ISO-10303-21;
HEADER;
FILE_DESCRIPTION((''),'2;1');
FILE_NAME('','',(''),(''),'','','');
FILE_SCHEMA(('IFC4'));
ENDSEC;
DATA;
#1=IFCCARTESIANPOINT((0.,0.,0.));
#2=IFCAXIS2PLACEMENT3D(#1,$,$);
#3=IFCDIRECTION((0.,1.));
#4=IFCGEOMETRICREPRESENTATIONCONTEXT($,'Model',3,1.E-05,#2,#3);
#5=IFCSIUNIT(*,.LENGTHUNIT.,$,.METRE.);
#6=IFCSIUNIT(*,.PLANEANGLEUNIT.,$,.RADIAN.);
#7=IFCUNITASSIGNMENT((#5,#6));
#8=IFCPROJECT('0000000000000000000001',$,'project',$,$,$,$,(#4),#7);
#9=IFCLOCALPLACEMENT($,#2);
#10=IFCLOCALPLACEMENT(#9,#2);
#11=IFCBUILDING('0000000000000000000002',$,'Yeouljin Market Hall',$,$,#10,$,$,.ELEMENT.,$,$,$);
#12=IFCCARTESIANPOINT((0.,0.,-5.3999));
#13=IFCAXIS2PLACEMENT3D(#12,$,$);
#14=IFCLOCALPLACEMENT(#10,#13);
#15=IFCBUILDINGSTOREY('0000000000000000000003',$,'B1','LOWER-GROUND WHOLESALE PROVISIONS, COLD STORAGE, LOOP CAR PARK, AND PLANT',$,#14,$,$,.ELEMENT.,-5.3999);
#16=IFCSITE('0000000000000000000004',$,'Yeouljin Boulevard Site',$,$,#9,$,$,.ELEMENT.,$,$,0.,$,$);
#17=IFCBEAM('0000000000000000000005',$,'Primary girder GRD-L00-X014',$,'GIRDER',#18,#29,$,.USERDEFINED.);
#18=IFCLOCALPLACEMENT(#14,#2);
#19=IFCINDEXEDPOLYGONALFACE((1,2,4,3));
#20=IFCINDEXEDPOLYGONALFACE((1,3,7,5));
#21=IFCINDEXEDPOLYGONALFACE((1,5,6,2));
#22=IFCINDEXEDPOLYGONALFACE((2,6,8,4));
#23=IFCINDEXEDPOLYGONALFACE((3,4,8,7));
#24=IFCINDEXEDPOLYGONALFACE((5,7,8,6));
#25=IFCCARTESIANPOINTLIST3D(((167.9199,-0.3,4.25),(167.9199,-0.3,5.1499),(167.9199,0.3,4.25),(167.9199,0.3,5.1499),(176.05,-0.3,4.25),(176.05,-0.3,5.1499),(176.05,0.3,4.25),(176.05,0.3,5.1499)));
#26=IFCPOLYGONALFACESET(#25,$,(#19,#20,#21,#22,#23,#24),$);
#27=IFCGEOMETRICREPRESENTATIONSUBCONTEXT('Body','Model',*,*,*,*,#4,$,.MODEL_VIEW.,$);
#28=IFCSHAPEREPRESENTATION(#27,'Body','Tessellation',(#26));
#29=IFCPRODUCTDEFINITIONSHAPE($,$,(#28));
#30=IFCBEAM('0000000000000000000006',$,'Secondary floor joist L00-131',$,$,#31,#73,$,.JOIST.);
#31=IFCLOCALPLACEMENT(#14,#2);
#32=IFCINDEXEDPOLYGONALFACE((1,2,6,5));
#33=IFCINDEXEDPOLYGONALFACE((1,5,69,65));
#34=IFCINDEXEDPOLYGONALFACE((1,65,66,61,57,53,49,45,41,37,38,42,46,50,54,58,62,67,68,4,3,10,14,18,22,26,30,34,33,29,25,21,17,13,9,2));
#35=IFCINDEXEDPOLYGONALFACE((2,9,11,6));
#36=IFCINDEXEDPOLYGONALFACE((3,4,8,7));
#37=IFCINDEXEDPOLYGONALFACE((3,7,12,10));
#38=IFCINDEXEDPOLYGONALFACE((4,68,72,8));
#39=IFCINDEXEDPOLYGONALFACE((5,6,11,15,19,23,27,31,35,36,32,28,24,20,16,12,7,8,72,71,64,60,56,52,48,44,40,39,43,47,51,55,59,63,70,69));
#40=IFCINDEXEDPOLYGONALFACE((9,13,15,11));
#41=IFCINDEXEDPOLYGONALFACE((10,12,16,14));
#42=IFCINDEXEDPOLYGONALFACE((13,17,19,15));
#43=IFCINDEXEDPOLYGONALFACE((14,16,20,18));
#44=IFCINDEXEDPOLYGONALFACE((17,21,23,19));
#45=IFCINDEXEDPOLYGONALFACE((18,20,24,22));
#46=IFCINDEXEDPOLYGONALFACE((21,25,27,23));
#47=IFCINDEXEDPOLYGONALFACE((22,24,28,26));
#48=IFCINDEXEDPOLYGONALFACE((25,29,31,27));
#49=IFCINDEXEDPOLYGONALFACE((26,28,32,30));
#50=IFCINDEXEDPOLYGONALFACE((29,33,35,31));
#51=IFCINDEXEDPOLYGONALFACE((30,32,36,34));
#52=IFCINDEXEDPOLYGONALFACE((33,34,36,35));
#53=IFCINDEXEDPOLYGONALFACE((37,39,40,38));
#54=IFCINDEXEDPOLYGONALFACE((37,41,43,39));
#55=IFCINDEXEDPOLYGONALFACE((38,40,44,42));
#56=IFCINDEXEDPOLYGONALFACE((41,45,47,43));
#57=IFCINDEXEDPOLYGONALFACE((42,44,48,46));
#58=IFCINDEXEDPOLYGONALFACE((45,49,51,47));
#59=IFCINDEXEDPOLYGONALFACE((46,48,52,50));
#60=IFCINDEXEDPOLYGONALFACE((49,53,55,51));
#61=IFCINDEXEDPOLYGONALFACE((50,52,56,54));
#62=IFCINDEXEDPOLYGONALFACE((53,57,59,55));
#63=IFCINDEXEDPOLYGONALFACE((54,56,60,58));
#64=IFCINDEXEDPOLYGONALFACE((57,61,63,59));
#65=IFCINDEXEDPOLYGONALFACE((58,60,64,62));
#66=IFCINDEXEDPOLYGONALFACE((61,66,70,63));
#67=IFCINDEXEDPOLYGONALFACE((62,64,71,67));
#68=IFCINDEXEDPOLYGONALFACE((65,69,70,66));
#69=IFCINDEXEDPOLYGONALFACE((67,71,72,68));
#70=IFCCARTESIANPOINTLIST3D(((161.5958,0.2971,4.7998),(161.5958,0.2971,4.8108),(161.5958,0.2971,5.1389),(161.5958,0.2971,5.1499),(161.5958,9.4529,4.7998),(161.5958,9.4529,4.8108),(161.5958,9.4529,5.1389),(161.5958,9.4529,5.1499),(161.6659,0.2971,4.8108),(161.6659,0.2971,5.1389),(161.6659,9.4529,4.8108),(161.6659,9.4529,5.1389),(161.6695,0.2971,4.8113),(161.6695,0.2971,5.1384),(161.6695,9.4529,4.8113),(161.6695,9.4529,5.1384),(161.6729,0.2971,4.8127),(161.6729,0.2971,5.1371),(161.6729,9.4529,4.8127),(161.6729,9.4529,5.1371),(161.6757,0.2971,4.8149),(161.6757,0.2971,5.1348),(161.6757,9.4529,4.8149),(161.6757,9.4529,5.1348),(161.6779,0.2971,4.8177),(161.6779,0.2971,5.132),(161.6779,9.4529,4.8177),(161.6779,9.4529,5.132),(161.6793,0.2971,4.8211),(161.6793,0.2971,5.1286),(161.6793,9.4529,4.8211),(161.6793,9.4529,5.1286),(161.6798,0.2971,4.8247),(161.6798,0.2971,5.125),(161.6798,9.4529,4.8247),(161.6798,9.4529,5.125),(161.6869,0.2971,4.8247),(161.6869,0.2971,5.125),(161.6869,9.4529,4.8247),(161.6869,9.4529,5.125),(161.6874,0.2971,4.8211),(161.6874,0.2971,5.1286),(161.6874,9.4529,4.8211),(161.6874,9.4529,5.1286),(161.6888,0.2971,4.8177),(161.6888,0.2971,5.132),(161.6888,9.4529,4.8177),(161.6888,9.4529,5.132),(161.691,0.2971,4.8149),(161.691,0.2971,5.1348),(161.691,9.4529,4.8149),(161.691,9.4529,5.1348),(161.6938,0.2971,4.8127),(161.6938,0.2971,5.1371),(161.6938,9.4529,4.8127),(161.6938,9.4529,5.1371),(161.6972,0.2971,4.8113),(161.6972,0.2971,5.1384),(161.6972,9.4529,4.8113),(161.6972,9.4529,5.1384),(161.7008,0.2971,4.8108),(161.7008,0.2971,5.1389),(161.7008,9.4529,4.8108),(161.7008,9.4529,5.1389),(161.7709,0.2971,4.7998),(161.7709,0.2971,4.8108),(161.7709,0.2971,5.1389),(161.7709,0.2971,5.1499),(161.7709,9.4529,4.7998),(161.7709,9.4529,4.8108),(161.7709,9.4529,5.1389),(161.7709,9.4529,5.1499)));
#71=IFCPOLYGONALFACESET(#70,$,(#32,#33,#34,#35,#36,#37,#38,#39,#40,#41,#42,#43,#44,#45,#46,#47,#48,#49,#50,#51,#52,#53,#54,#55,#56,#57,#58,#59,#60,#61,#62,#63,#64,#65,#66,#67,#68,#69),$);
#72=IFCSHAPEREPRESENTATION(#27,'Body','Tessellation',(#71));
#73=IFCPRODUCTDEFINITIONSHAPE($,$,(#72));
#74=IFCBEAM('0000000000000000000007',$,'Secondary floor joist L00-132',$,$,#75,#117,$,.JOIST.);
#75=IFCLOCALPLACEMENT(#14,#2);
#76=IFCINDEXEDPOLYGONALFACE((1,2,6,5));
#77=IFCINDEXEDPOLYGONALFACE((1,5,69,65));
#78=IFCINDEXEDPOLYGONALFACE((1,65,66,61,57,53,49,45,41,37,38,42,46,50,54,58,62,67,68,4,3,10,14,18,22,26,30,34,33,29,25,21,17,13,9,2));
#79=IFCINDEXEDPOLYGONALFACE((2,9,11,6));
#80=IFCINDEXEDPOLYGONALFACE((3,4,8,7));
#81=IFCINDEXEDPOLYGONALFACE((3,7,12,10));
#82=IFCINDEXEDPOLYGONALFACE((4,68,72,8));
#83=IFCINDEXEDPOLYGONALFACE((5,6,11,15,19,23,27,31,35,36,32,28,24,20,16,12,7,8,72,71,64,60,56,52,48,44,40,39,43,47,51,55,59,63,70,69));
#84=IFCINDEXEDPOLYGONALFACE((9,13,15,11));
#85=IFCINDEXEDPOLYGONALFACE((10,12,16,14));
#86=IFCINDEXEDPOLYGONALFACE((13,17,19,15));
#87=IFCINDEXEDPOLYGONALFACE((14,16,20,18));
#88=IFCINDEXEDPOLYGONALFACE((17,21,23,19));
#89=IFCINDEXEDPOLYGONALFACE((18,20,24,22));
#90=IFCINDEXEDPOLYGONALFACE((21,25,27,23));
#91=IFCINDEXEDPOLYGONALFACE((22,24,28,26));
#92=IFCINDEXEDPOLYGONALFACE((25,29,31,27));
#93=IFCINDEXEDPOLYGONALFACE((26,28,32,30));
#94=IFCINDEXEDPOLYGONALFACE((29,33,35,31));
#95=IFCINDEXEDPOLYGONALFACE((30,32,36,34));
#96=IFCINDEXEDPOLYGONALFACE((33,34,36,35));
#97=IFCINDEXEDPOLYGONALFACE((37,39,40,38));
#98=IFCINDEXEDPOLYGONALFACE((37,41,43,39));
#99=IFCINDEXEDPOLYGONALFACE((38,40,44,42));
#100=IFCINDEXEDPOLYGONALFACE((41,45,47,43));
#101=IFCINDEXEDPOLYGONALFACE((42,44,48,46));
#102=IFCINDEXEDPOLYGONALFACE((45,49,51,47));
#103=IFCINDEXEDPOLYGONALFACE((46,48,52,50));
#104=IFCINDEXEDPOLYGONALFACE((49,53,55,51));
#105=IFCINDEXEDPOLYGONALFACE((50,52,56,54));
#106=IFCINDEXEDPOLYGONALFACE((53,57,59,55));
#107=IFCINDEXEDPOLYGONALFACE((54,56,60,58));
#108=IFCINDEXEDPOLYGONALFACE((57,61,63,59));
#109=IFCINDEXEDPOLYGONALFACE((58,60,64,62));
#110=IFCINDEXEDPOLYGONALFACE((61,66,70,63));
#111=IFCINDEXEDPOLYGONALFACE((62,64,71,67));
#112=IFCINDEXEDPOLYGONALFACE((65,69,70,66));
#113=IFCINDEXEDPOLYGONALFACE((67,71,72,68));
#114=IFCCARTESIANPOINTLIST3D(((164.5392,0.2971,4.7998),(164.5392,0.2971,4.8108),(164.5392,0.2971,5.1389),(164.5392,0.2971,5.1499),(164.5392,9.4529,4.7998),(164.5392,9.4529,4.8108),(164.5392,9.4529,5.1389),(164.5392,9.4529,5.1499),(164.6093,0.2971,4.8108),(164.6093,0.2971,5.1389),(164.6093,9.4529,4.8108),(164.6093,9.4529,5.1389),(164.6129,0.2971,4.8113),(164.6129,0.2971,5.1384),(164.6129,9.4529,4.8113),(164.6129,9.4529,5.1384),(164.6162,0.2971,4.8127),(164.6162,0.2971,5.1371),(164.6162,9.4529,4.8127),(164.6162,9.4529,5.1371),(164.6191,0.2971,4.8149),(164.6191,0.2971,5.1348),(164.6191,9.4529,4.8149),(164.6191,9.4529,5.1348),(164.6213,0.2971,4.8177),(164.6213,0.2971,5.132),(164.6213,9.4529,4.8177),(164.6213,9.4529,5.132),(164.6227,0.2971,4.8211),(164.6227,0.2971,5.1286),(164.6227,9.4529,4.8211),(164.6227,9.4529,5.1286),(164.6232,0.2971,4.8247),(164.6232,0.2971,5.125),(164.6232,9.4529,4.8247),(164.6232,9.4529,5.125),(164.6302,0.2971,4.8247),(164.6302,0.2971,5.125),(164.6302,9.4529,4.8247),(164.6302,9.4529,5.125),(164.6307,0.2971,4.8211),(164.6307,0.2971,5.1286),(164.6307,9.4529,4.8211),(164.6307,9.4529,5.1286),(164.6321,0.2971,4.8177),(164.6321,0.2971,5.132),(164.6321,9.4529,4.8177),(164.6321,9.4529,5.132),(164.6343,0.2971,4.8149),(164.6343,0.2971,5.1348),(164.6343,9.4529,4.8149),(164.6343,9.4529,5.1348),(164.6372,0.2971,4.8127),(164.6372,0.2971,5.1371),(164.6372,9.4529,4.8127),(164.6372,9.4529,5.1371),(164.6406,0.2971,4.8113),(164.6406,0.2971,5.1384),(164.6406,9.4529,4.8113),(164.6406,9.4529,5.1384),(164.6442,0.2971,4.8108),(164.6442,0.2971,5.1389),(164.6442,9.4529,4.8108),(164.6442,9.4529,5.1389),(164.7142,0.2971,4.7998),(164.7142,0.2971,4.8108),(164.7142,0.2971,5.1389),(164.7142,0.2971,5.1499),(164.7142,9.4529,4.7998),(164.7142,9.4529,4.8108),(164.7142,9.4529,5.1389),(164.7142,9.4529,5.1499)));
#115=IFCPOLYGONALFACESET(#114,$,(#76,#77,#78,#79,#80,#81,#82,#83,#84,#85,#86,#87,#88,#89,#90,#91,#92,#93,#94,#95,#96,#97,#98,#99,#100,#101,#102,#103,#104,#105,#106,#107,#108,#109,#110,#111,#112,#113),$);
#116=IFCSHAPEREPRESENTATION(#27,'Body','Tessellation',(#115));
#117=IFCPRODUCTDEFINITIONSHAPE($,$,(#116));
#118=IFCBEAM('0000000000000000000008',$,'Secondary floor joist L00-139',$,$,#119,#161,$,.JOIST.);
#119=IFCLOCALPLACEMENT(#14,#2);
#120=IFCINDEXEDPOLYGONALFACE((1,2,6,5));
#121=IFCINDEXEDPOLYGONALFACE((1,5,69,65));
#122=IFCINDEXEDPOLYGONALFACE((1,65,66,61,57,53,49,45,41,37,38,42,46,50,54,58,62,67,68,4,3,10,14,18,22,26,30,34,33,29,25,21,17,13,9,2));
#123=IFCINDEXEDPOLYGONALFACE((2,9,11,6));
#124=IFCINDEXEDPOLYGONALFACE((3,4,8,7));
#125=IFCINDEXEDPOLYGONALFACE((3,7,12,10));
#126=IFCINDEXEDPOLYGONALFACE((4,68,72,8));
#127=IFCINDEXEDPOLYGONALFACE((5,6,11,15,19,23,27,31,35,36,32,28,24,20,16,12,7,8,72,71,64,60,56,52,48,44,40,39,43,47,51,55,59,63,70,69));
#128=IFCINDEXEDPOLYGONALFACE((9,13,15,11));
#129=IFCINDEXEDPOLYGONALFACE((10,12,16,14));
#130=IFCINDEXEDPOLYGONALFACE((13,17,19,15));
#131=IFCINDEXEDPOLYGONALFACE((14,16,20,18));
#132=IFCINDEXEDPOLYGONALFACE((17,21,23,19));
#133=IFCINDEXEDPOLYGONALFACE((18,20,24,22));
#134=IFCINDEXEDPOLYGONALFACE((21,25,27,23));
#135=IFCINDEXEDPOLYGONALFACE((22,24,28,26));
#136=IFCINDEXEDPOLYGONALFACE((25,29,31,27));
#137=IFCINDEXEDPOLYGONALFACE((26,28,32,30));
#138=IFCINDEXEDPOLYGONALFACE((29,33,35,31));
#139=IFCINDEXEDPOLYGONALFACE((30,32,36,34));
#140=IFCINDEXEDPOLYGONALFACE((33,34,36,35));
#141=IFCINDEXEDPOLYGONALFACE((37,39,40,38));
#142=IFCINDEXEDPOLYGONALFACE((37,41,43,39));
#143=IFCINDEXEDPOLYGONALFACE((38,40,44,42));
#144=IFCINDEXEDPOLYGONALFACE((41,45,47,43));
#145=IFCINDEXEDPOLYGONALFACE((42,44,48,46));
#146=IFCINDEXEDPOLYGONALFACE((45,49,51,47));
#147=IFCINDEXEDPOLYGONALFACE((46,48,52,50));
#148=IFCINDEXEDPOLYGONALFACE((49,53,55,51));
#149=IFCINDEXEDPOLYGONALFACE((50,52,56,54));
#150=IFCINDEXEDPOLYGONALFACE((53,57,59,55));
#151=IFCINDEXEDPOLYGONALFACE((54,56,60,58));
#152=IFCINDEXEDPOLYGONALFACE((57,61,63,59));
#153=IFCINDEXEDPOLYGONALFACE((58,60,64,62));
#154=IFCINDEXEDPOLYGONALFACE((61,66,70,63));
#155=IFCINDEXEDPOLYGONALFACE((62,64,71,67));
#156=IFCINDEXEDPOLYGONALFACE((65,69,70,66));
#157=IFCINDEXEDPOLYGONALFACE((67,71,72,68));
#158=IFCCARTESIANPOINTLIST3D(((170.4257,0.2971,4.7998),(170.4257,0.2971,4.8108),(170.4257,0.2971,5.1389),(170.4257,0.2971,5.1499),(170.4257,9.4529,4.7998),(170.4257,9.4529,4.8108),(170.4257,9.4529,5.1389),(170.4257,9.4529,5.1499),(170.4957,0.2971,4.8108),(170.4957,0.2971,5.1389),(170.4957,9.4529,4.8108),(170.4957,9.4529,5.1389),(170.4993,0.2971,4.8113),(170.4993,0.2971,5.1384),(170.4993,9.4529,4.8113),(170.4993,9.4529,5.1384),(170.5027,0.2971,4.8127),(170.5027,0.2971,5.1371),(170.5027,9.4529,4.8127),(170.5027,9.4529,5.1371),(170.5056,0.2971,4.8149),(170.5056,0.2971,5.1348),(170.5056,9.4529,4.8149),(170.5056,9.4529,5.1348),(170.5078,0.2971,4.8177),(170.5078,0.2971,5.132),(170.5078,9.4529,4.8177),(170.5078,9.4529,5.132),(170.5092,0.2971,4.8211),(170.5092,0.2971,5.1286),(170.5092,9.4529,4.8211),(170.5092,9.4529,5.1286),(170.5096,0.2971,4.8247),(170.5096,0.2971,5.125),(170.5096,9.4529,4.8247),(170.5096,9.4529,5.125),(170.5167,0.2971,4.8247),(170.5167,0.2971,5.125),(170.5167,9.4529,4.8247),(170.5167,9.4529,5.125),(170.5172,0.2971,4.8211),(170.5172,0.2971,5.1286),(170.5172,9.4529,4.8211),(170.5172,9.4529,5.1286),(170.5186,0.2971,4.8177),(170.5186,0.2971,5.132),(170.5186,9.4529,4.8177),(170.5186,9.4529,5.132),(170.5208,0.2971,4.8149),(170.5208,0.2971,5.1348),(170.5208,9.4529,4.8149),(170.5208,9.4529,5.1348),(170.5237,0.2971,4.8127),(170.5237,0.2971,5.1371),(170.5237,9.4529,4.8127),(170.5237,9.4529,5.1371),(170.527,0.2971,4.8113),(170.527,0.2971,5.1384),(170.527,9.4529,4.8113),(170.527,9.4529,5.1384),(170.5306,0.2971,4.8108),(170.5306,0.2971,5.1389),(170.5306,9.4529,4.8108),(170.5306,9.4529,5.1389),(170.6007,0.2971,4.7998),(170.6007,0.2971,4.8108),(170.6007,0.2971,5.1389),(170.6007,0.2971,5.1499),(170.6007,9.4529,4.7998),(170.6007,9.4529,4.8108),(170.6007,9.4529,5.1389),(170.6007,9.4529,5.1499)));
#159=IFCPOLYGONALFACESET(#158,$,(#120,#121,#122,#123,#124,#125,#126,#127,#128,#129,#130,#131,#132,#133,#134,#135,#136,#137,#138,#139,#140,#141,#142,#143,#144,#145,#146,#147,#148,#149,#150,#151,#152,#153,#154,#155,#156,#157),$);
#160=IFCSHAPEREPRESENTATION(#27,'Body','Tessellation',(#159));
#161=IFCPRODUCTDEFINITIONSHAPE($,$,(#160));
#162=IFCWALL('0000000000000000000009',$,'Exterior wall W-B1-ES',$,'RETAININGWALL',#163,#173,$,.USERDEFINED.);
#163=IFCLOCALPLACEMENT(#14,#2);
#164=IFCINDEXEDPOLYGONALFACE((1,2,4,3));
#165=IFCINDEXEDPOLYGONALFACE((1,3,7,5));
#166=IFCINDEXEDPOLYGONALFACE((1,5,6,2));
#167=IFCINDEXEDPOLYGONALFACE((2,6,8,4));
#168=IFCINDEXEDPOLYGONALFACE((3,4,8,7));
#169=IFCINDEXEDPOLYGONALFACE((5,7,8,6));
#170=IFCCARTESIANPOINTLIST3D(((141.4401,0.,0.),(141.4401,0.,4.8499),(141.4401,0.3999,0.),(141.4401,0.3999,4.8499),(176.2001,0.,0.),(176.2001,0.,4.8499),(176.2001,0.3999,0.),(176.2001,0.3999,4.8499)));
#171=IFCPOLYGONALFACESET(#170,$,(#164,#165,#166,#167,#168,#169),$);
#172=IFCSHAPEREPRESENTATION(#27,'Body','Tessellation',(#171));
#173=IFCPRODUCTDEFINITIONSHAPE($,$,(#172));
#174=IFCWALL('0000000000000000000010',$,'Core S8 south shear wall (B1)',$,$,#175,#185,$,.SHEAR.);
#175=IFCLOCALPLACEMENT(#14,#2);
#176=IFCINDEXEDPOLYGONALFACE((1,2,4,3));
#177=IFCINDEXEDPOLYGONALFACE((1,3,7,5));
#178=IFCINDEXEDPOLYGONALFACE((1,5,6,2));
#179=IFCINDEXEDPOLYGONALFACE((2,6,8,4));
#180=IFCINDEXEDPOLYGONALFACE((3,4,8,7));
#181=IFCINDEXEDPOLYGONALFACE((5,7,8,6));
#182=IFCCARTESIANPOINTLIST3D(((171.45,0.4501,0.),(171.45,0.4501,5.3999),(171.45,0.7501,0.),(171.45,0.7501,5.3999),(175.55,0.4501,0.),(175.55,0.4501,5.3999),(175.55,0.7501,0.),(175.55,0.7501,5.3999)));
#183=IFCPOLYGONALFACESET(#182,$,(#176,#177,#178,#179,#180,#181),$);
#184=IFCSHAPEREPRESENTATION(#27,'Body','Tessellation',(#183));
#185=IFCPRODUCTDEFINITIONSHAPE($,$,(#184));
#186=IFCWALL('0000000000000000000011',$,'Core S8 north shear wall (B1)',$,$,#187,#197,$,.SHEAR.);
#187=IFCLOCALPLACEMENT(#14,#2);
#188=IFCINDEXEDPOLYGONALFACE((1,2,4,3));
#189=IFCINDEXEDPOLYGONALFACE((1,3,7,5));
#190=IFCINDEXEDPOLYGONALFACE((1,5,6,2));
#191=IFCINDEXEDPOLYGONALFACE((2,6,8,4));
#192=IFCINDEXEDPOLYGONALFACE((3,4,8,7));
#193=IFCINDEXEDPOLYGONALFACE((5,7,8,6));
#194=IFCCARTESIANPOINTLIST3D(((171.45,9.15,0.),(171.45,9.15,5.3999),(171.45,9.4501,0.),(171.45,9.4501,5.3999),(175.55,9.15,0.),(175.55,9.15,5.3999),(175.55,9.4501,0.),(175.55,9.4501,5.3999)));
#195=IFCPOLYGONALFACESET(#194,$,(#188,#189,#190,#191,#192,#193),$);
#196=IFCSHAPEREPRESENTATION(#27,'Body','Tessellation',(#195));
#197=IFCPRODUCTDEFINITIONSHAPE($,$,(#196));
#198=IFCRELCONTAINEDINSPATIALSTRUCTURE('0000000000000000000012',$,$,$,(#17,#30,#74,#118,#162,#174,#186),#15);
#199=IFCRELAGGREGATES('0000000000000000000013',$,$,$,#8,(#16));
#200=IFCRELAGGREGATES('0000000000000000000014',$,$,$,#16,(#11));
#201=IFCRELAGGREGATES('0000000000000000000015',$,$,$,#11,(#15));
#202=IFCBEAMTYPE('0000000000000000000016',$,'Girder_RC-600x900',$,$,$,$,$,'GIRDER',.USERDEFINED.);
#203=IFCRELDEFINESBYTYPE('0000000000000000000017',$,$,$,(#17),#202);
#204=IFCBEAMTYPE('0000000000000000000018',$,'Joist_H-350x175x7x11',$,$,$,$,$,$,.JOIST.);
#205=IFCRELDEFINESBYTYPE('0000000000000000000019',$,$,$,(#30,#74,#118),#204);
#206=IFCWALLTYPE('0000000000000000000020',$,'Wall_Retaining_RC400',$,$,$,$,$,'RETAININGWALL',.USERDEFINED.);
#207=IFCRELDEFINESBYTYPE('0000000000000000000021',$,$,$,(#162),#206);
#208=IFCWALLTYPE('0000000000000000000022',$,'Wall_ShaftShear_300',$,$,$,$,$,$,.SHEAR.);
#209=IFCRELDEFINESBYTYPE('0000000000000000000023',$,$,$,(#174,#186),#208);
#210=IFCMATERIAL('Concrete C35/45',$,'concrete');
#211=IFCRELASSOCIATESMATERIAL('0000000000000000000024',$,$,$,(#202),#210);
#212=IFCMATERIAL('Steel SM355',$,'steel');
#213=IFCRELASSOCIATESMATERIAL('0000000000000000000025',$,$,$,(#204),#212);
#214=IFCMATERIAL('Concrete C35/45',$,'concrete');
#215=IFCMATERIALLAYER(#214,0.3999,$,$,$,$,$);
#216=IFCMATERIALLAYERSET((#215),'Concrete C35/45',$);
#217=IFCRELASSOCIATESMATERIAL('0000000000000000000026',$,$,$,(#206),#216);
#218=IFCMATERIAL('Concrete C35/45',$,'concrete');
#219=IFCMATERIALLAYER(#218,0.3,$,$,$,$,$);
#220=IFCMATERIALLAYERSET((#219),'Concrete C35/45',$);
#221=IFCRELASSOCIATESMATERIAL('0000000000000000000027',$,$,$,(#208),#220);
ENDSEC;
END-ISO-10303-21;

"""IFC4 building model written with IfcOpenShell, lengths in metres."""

from ifc_helpers import new_model, si_unit, direction, frame, frame_2d, origin, origin_2d, place, context, subcontext, project, spatial, rectangle, i_section, extrude, material, layer, layer_set, material_profile, profile_set, type_object, element, save


model = new_model("IFC4")

# Units and contexts
model_context = context("Model", 3, precision=1e-05, world=origin(), true_north=direction((0.0, 1.0)))
body_context = subcontext(model_context, "Body", "Model", "MODEL_VIEW")
ifc_project = project(units=[si_unit("LENGTHUNIT", "METRE"), si_unit("PLANEANGLEUNIT", "RADIAN")], contexts=[model_context])

# Site, building, storey
site_placement = place(None, origin())
site = spatial("IfcSite", under=ifc_project, at=site_placement, Name="Yeouljin Boulevard Site", CompositionType="ELEMENT", RefElevation=0.0)
building_placement = place(site_placement, origin())
building = spatial("IfcBuilding", under=site, at=building_placement, Name="Yeouljin Market Hall", CompositionType="ELEMENT")
storey_placement = place(building_placement, frame((0.0, 0.0, -5.3999)))
storey = spatial("IfcBuildingStorey", under=building, at=storey_placement, Name="B1", Description="LOWER-GROUND WHOLESALE PROVISIONS, COLD STORAGE, LOOP CAR PARK, AND PLANT", CompositionType="ELEMENT", Elevation=-5.3999)

# Beams
ifc_material_1 = material(Name="Concrete C35/45", Category="concrete")
ifc_material_profile_1 = material_profile(ifc_material_1, rectangle(XDim=0.6001, YDim=0.8999, at=origin_2d()), Name="RC-600x900")
ifc_profile_set_1 = profile_set([ifc_material_profile_1], Name="Concrete C35/45")
beam_type_1 = type_object("IfcBeamType", Name="Girder_RC-600x900", ElementType="GIRDER", PredefinedType="USERDEFINED", material=ifc_profile_set_1)
beam_1_placement = place(storey_placement, frame((167.9199, 0.0, 4.7), z_axis=(1.0, 0.0, 0.0), x_axis=(0.0, 1.0, 0.0)))
element("IfcBeam", 1, at=beam_1_placement, inside=storey, type_object=beam_type_1, Name="Primary girder GRD-L00-X014", ObjectType="GIRDER", PredefinedType="USERDEFINED", context=body_context, shape_type="SweptSolid", body=[
    extrude(rectangle(XDim=0.6001, YDim=0.8999, at=origin_2d()), origin(), (0.0, 0.0, 1.0), 8.1301),
])
ifc_material_2 = material(Name="Steel SM355", Category="steel")
ifc_material_profile_2 = material_profile(ifc_material_2, i_section(OverallWidth=0.175, OverallDepth=0.3501, WebThickness=0.0071, FlangeThickness=0.011, FilletRadius=0.0139, at=origin_2d()), Name="H-350x175x7x11")
ifc_profile_set_2 = profile_set([ifc_material_profile_2], Name="Steel SM355")
beam_type_2 = type_object("IfcBeamType", Name="Joist_H-350x175x7x11", PredefinedType="JOIST", material=ifc_profile_set_2)
for number, where, z_axis, x_axis, name in (
    (2, (161.6833, 0.2971, 4.9749), (0.0, 1.0, 0.0), (-1.0, 0.0, 0.0), "Secondary floor joist L00-131"),
    (3, (164.6267, 0.2971, 4.9749), (0.0, 1.0, 0.0), (-1.0, 0.0, 0.0), "Secondary floor joist L00-132"),
    (4, (170.5132, 0.2971, 4.9749), (0.0, 1.0, 0.0), (-1.0, 0.0, 0.0), "Secondary floor joist L00-139"),
):
    element("IfcBeam", number, at=place(storey_placement, frame(where, z_axis=z_axis, x_axis=x_axis)), inside=storey, type_object=beam_type_2, Name=name, PredefinedType="JOIST", context=body_context, shape_type="SweptSolid", body=[
        extrude(i_section(OverallWidth=0.175, OverallDepth=0.3501, WebThickness=0.0071, FlangeThickness=0.011, FilletRadius=0.0139, at=origin_2d()), origin(), (0.0, 0.0, 1.0), 9.1558),
    ])

# Walls
ifc_material_3 = material(Name="Concrete C35/45", Category="concrete")
ifc_layer_1 = layer(ifc_material_3, 0.3999)
ifc_layer_set_1 = layer_set([ifc_layer_1], Name="Concrete C35/45")
wall_type_1 = type_object("IfcWallType", Name="Wall_Retaining_RC400", ElementType="RETAININGWALL", PredefinedType="USERDEFINED", material=ifc_layer_set_1)
wall_1_placement = place(storey_placement, frame((176.2, 0.2, 0.0), z_axis=(0.0, 0.0, 1.0), x_axis=(-1.0, 0.0, 0.0)))
element("IfcWall", 5, at=wall_1_placement, inside=storey, type_object=wall_type_1, Name="Exterior wall W-B1-ES", ObjectType="RETAININGWALL", PredefinedType="USERDEFINED", context=body_context, shape_type="SweptSolid", body=[
    extrude(rectangle(XDim=34.76, YDim=0.3999, at=frame_2d((17.3799, 0.0))), origin(), (0.0, 0.0, 1.0), 4.8499),
])
ifc_material_4 = material(Name="Concrete C35/45", Category="concrete")
ifc_layer_2 = layer(ifc_material_4, 0.3)
ifc_layer_set_2 = layer_set([ifc_layer_2], Name="Concrete C35/45")
wall_type_2 = type_object("IfcWallType", Name="Wall_ShaftShear_300", PredefinedType="SHEAR", material=ifc_layer_set_2)
for number, where, z_axis, x_axis, name in (
    (6, (171.45, 0.6001, 0.0), (0.0, 0.0, 1.0), (1.0, 0.0, 0.0), "Core S8 south shear wall (B1)"),
    (7, (175.55, 9.3, 0.0), (0.0, 0.0, 1.0), (-1.0, 0.0, 0.0), "Core S8 north shear wall (B1)"),
):
    element("IfcWall", number, at=place(storey_placement, frame(where, z_axis=z_axis, x_axis=x_axis)), inside=storey, type_object=wall_type_2, Name=name, PredefinedType="SHEAR", context=body_context, shape_type="SweptSolid", body=[
        extrude(rectangle(XDim=4.1001, YDim=0.3, at=frame_2d((2.05, 0.0))), origin(), (0.0, 0.0, 1.0), 5.3999),
    ])

save(model, "model.ifc")
